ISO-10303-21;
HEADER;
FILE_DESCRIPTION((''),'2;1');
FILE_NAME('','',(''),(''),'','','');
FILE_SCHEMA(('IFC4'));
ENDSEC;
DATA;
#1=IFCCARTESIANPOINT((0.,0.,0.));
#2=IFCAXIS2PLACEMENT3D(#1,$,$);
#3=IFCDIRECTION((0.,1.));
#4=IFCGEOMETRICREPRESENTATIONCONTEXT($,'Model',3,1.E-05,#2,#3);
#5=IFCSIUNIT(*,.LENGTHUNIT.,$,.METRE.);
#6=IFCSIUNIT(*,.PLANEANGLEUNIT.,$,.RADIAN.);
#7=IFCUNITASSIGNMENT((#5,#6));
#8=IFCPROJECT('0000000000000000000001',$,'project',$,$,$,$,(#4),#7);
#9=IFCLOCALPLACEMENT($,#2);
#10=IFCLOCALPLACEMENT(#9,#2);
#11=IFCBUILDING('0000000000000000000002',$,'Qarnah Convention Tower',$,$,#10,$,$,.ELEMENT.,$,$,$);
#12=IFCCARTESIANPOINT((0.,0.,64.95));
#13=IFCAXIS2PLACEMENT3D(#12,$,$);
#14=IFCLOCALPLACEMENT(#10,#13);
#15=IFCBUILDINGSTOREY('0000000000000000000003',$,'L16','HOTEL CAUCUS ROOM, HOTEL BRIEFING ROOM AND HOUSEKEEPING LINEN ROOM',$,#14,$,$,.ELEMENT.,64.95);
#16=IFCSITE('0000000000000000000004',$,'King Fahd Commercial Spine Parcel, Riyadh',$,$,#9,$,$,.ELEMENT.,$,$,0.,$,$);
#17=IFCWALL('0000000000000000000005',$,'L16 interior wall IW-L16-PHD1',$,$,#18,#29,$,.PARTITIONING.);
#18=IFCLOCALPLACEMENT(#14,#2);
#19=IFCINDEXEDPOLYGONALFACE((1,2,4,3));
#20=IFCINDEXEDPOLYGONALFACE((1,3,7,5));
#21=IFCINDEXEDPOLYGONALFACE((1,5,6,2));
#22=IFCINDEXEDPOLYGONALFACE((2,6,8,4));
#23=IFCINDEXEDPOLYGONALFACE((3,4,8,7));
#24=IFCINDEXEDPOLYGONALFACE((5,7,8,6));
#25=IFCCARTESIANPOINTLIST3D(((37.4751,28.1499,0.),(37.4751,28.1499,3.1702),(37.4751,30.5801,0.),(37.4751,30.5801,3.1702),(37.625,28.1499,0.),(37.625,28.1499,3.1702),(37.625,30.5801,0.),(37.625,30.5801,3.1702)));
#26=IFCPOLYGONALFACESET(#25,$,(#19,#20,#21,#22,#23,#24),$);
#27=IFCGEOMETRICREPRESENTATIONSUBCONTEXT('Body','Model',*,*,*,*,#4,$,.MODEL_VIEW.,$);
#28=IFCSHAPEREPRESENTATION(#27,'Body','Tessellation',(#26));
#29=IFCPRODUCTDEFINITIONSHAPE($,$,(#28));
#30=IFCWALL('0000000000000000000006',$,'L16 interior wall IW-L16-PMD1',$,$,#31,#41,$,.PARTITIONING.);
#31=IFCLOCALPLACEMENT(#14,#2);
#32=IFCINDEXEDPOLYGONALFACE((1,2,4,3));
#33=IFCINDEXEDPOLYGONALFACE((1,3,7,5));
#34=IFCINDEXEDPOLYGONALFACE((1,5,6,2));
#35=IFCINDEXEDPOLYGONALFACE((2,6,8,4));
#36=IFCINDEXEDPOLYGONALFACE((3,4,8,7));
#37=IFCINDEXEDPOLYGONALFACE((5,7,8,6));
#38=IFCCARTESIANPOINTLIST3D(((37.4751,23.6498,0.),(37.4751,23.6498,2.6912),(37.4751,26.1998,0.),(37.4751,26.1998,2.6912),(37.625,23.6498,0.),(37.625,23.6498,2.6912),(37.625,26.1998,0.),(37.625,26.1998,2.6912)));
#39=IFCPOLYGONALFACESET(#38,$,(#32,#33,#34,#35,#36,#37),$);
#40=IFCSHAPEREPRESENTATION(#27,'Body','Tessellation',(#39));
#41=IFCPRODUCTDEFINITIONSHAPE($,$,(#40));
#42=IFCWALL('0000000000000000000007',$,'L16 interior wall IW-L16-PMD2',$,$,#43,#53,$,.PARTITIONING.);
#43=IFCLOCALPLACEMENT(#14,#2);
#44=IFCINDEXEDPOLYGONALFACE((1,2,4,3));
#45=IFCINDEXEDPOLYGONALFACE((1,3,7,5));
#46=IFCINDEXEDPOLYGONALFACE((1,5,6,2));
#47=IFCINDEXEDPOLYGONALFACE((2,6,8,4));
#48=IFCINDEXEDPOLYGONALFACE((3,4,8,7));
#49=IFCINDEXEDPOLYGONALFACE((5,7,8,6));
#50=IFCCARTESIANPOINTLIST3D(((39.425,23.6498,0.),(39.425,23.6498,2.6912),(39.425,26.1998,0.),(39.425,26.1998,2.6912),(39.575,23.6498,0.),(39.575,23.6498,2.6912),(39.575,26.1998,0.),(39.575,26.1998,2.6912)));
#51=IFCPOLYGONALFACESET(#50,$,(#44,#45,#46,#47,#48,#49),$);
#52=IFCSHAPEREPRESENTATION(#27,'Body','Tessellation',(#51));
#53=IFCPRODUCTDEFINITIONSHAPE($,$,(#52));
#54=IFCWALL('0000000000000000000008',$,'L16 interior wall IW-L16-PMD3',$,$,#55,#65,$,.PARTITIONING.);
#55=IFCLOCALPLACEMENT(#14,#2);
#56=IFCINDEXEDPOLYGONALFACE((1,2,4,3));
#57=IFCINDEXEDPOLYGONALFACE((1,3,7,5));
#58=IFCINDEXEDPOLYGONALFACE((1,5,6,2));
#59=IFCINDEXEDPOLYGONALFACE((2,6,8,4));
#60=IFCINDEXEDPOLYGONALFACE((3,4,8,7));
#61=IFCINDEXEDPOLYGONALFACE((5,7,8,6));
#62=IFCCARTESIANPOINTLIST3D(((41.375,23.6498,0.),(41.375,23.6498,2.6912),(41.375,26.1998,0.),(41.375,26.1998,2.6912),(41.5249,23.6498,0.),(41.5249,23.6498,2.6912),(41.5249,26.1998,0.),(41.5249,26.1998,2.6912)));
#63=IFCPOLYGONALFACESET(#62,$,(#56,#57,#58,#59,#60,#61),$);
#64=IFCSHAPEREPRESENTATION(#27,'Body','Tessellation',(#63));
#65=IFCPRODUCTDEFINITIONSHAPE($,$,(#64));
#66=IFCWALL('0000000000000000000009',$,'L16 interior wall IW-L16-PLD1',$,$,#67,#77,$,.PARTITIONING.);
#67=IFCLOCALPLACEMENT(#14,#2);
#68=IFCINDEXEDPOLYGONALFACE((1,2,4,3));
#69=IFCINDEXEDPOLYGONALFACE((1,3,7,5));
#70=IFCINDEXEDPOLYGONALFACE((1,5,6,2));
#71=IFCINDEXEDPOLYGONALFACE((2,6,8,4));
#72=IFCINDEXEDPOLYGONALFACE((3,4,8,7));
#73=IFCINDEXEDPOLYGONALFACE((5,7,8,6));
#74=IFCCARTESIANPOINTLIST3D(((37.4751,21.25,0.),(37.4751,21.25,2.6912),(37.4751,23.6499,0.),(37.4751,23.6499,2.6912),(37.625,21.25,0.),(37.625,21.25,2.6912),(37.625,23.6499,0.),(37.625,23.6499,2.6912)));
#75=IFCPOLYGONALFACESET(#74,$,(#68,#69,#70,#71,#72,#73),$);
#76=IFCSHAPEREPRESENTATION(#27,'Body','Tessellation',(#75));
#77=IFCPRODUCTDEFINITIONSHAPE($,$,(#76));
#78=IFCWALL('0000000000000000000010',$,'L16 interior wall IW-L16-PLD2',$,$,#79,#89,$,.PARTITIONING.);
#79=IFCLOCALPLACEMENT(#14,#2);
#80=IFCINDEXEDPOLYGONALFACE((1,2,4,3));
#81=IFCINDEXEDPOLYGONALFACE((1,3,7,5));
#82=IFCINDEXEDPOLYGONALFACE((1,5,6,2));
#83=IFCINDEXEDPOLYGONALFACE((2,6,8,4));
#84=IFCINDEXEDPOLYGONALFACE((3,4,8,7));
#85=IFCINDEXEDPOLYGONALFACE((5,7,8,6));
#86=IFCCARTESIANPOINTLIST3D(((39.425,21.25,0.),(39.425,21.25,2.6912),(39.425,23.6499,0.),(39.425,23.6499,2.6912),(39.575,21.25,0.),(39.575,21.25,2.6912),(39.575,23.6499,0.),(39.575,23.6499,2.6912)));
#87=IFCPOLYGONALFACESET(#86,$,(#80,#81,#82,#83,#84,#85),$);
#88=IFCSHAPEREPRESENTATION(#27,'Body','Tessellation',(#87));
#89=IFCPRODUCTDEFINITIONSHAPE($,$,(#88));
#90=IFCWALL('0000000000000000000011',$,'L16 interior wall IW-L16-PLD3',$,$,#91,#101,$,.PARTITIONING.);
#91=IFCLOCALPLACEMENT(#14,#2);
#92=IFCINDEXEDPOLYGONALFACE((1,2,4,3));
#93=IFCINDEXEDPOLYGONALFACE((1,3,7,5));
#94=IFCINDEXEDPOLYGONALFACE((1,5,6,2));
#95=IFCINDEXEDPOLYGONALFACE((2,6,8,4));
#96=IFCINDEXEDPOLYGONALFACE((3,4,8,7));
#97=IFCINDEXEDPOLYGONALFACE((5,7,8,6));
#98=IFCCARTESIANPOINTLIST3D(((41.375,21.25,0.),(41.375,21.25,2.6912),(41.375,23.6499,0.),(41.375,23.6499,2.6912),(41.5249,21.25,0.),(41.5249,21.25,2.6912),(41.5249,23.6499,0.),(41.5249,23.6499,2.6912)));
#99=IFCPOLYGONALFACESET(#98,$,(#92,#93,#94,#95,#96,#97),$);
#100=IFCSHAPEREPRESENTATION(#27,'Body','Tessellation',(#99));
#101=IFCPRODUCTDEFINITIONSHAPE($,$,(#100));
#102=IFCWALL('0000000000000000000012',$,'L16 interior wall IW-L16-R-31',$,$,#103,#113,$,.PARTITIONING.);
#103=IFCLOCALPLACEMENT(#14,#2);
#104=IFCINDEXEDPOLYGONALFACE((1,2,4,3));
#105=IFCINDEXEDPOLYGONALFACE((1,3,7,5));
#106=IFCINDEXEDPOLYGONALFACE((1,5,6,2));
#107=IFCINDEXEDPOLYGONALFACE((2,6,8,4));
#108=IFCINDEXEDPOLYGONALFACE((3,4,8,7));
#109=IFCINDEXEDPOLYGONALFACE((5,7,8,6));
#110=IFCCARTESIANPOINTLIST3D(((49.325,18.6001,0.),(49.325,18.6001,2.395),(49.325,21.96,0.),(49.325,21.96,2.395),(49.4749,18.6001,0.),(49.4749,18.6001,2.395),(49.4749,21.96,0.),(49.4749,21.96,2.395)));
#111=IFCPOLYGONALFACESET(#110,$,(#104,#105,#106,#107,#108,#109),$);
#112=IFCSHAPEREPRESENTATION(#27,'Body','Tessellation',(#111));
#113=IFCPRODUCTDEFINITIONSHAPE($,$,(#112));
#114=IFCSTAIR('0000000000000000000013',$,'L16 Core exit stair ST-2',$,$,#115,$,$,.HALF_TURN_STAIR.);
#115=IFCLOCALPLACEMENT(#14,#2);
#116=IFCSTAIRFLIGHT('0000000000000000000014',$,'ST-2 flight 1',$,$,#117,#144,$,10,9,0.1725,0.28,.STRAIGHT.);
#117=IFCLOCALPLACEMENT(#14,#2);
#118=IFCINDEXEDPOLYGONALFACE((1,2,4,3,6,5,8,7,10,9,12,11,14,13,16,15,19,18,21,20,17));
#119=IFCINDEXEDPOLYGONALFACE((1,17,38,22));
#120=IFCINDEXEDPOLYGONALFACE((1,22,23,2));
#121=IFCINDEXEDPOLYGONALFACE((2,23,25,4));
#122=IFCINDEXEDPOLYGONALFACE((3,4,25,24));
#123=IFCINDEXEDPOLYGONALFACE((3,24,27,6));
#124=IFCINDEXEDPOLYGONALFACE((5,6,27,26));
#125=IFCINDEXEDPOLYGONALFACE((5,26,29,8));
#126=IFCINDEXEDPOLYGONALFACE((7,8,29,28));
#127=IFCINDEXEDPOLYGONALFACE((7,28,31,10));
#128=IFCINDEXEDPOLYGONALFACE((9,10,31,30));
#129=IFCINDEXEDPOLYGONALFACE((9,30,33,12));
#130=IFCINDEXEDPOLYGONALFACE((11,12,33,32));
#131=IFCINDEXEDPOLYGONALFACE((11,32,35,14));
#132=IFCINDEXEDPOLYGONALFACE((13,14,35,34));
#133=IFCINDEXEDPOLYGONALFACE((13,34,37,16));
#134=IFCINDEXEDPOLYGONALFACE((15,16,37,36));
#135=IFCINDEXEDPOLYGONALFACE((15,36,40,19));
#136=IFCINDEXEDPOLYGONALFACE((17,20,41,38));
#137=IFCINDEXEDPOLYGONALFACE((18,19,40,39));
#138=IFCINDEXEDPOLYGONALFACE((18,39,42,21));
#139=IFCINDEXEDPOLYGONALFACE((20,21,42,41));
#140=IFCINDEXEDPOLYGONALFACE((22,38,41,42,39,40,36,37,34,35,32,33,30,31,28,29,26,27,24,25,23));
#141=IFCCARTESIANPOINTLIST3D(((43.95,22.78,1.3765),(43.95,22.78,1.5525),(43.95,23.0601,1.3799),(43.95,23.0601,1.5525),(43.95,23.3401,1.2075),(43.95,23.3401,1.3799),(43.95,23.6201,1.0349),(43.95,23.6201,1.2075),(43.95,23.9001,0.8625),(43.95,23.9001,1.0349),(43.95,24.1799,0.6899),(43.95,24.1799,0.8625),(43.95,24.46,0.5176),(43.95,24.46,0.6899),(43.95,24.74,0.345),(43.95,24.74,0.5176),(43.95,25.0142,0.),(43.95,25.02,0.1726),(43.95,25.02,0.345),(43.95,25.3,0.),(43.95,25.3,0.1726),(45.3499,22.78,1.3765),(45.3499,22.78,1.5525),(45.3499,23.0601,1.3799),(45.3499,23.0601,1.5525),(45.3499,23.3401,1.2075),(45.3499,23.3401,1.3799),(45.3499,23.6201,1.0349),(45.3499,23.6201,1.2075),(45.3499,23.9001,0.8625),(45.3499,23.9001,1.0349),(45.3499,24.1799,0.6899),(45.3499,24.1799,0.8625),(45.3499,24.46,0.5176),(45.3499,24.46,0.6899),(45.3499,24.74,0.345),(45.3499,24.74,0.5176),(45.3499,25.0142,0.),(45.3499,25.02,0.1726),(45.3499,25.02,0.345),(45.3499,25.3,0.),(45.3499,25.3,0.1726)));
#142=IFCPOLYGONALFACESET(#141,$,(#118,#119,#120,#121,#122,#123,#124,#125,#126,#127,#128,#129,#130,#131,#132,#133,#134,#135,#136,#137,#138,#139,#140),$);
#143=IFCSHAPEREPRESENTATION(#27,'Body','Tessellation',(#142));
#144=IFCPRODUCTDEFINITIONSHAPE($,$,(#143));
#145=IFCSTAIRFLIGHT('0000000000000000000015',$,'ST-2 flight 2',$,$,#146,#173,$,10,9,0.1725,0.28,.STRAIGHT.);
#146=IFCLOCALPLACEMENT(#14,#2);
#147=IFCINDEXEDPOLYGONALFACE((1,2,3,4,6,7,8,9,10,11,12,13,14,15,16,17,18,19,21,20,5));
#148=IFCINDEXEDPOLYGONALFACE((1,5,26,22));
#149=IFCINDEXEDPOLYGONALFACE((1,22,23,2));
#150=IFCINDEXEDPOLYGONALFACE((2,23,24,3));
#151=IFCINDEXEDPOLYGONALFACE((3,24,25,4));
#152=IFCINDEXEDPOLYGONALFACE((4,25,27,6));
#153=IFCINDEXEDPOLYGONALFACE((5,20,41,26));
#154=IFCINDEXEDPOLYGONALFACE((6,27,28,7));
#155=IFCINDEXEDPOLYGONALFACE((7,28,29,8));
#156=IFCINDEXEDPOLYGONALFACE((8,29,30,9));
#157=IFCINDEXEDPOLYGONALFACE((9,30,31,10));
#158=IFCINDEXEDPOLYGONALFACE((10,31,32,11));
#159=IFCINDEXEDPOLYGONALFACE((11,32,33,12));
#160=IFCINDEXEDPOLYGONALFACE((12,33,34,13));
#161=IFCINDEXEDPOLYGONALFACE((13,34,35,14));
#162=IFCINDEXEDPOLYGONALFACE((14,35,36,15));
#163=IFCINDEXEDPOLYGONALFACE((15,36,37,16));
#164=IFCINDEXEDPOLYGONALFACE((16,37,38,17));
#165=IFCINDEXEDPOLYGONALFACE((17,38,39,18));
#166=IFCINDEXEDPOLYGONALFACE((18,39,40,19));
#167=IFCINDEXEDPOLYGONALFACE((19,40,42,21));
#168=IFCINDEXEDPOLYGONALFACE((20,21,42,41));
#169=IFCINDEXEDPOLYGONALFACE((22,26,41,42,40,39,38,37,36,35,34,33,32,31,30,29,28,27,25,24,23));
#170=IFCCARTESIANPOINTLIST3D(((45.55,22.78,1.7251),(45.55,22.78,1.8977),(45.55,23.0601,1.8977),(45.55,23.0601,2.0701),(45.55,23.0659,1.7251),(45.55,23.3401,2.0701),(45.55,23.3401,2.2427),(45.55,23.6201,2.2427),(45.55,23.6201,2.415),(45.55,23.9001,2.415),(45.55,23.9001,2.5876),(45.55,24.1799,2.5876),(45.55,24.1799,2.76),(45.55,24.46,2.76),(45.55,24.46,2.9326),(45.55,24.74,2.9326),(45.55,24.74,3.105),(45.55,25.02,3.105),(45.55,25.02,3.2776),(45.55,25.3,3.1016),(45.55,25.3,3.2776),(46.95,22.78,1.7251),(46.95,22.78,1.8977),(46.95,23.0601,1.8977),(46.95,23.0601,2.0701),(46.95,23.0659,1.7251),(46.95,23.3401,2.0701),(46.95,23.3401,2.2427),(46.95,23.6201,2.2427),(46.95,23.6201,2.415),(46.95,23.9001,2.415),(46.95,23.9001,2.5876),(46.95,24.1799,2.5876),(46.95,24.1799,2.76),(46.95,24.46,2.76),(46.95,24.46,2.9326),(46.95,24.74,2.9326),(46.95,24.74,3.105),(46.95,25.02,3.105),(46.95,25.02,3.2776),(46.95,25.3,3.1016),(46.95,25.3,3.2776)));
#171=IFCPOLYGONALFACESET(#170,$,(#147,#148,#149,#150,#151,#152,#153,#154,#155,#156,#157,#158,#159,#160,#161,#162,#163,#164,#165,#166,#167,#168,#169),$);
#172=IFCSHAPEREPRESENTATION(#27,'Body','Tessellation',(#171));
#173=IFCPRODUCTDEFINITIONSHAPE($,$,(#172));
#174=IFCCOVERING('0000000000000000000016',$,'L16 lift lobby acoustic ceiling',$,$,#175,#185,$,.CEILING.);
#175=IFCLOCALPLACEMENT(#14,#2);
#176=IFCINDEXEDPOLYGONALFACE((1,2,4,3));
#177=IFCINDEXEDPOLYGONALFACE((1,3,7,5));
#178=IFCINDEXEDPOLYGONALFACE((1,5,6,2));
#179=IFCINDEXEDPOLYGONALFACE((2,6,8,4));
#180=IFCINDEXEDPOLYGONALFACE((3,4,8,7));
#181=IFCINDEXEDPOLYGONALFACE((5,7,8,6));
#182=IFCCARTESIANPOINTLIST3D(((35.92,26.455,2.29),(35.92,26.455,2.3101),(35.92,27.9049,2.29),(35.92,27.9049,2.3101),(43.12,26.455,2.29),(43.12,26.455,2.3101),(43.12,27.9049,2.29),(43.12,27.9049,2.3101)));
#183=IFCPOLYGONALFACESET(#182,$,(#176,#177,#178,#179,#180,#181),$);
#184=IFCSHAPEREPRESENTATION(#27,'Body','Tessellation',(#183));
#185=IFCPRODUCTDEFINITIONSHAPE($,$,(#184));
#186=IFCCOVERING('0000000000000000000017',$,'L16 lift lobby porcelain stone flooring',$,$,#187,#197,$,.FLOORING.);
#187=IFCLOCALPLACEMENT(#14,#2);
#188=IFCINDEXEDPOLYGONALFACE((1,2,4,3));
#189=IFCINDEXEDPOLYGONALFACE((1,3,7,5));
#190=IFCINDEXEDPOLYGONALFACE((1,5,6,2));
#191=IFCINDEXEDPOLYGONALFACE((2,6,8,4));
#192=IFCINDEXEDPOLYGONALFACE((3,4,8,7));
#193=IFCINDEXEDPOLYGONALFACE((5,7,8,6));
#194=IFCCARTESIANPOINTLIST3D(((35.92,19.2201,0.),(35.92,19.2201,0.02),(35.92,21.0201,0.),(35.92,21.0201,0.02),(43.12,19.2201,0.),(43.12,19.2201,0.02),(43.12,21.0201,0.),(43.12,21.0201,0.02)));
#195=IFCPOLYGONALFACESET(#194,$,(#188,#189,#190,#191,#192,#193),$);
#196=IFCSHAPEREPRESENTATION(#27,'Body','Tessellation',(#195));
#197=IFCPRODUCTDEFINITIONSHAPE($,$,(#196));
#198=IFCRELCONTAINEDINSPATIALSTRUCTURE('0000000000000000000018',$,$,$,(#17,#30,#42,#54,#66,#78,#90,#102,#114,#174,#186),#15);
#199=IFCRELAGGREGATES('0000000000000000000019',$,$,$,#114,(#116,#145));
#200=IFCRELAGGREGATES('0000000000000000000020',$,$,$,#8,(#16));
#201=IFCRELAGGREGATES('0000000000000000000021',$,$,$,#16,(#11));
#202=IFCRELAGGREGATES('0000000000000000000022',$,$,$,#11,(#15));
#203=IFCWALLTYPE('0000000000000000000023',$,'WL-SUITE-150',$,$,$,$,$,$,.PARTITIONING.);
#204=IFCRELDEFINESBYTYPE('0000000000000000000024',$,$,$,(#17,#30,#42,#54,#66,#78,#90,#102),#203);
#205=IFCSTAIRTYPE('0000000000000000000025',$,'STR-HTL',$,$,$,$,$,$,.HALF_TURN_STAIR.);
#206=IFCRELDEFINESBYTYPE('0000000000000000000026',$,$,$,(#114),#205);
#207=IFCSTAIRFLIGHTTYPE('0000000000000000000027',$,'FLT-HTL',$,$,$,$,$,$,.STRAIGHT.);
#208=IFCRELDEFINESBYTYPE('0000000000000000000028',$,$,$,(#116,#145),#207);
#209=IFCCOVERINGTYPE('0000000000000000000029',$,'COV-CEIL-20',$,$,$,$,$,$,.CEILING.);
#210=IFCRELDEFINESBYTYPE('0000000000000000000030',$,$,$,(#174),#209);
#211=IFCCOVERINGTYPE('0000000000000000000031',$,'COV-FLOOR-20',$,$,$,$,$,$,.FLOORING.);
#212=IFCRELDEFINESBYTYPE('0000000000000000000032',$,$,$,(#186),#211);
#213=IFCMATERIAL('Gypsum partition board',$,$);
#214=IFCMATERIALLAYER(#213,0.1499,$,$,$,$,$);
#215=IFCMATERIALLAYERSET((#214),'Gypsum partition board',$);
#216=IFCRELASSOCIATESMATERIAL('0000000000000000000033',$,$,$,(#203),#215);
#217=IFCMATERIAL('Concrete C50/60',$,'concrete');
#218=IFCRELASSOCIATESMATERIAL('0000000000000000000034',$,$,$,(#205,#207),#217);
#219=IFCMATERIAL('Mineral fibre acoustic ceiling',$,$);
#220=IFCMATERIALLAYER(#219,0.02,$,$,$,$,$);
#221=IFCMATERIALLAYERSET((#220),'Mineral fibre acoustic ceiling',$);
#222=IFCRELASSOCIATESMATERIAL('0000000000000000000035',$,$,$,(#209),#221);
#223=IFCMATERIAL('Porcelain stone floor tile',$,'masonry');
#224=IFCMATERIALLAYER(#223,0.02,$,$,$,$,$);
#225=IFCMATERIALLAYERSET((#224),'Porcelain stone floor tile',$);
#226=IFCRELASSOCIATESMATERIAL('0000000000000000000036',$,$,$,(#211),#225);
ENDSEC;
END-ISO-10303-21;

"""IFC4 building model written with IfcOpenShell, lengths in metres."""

from ifc_helpers import new_model, si_unit, direction, frame, frame_2d, origin, origin_2d, place, context, subcontext, project, spatial, polyline, rectangle, outline, extrude, material, layer, layer_set, type_object, element, aggregate, save


model = new_model("IFC4")

# Units and contexts
model_context = context("Model", 3, precision=1e-05, world=origin(), true_north=direction((0.0, 1.0)))
body_context = subcontext(model_context, "Body", "Model", "MODEL_VIEW")
ifc_project = project(units=[si_unit("LENGTHUNIT", "METRE"), si_unit("PLANEANGLEUNIT", "RADIAN")], contexts=[model_context])

# Site, building, storey
site_placement = place(None, origin())
site = spatial("IfcSite", under=ifc_project, at=site_placement, Name="King Fahd Commercial Spine Parcel, Riyadh", CompositionType="ELEMENT", RefElevation=0.0)
building_placement = place(site_placement, origin())
building = spatial("IfcBuilding", under=site, at=building_placement, Name="Qarnah Convention Tower", CompositionType="ELEMENT")
storey_placement = place(building_placement, frame((0.0, 0.0, 64.95)))
storey = spatial("IfcBuildingStorey", under=building, at=storey_placement, Name="L16", Description="HOTEL CAUCUS ROOM, HOTEL BRIEFING ROOM AND HOUSEKEEPING LINEN ROOM", CompositionType="ELEMENT", Elevation=64.95)

# Walls
ifc_material_1 = material(Name="Gypsum partition board")
ifc_layer_1 = layer(ifc_material_1, 0.1499)
ifc_layer_set_1 = layer_set([ifc_layer_1], Name="Gypsum partition board")
wall_type_1 = type_object("IfcWallType", Name="WL-SUITE-150", PredefinedType="PARTITIONING", material=ifc_layer_set_1)
wall_1_placement = place(storey_placement, frame((37.55, 28.1499, 0.0), z_axis=(0.0, 0.0, 1.0), x_axis=(0.0, 1.0, 0.0)))
element("IfcWall", 1, at=wall_1_placement, inside=storey, type_object=wall_type_1, Name="L16 interior wall IW-L16-PHD1", PredefinedType="PARTITIONING", context=body_context, shape_type="SweptSolid", body=[
    extrude(rectangle(XDim=2.4302, YDim=0.1499, at=frame_2d((1.2151, 0.0))), origin(), (0.0, 0.0, 1.0), 3.1702),
])
for number, where, z_axis, x_axis, name in (
    (2, (37.55, 23.6499, 0.0), (0.0, 0.0, 1.0), (0.0, 1.0, 0.0), "L16 interior wall IW-L16-PMD1"),
    (3, (39.5, 23.6499, 0.0), (0.0, 0.0, 1.0), (0.0, 1.0, 0.0), "L16 interior wall IW-L16-PMD2"),
    (4, (41.45, 23.6499, 0.0), (0.0, 0.0, 1.0), (0.0, 1.0, 0.0), "L16 interior wall IW-L16-PMD3"),
):
    element("IfcWall", number, at=place(storey_placement, frame(where, z_axis=z_axis, x_axis=x_axis)), inside=storey, type_object=wall_type_1, Name=name, PredefinedType="PARTITIONING", context=body_context, shape_type="SweptSolid", body=[
        extrude(rectangle(XDim=2.55, YDim=0.1499, at=frame_2d((1.2749, 0.0))), origin(), (0.0, 0.0, 1.0), 2.6912),
    ])
for number, where, z_axis, x_axis, name in (
    (5, (37.55, 21.25, 0.0), (0.0, 0.0, 1.0), (0.0, 1.0, 0.0), "L16 interior wall IW-L16-PLD1"),
    (6, (39.5, 21.25, 0.0), (0.0, 0.0, 1.0), (0.0, 1.0, 0.0), "L16 interior wall IW-L16-PLD2"),
    (7, (41.45, 21.25, 0.0), (0.0, 0.0, 1.0), (0.0, 1.0, 0.0), "L16 interior wall IW-L16-PLD3"),
):
    element("IfcWall", number, at=place(storey_placement, frame(where, z_axis=z_axis, x_axis=x_axis)), inside=storey, type_object=wall_type_1, Name=name, PredefinedType="PARTITIONING", context=body_context, shape_type="SweptSolid", body=[
        extrude(rectangle(XDim=2.3999, YDim=0.1499, at=frame_2d((1.2, 0.0))), origin(), (0.0, 0.0, 1.0), 2.6912),
    ])
wall_2_placement = place(storey_placement, frame((49.3999, 21.96, 0.0), z_axis=(0.0, 0.0, 1.0), x_axis=(0.0, -1.0, 0.0)))
element("IfcWall", 8, at=wall_2_placement, inside=storey, type_object=wall_type_1, Name="L16 interior wall IW-L16-R-31", PredefinedType="PARTITIONING", context=body_context, shape_type="SweptSolid", body=[
    extrude(rectangle(XDim=3.3599, YDim=0.1499, at=frame_2d((1.6799, 0.0))), origin(), (0.0, 0.0, 1.0), 2.395),
])

# Stair, stair flights
ifc_material_2 = material(Name="Concrete C50/60", Category="concrete")
stair_type = type_object("IfcStairType", Name="STR-HTL", PredefinedType="HALF_TURN_STAIR", material=ifc_material_2)
stair_placement = place(storey_placement, origin())
stair = element("IfcStair", 9, at=stair_placement, inside=storey, type_object=stair_type, Name="L16 Core exit stair ST-2", PredefinedType="HALF_TURN_STAIR")
stair_flight_type = type_object("IfcStairFlightType", Name="FLT-HTL", PredefinedType="STRAIGHT", material=ifc_material_2)
stair_flight_1_placement = place(storey_placement, frame((44.6499, 25.3, 0.0), z_axis=(0.0, 0.0, 1.0), x_axis=(0.0, -1.0, 0.0)))
stair_flight_1 = element("IfcStairFlight", 10, at=stair_flight_1_placement, type_object=stair_flight_type, Name="ST-2 flight 1", NumberOfRisers=10, NumberOfTreads=9, PredefinedType="STRAIGHT", RiserHeight=0.1725, TreadLength=0.28, context=body_context, shape_type="SweptSolid", body=[
    extrude(outline(polyline([(0.0, 0.0), (0.0, 0.1726), (0.28, 0.1726), (0.28, 0.345), (0.5601, 0.345), (0.5601, 0.5176), (0.8401, 0.5176), (0.8401, 0.6899), (1.1201, 0.6899), (1.1201, 0.8625), (1.3999, 0.8625), (1.3999, 1.0349), (1.6799, 1.0349), (1.6799, 1.2075), (1.96, 1.2075), (1.96, 1.3799), (2.24, 1.3799), (2.24, 1.5525), (2.52, 1.5525), (2.52, 1.7251), (2.52, 1.3765), (0.2859, 0.0), (0.0, 0.0)])), frame((0.0, 0.7, 0.0), z_axis=(0.0, -1.0, 0.0), x_axis=(1.0, 0.0, 0.0)), (0.0, 0.0, 1.0), 1.3999),
])
stair_flight_2_placement = place(storey_placement, frame((46.25, 22.78, 1.7251), z_axis=(0.0, 0.0, 1.0), x_axis=(0.0, 1.0, 0.0)))
stair_flight_2 = element("IfcStairFlight", 11, at=stair_flight_2_placement, type_object=stair_flight_type, Name="ST-2 flight 2", NumberOfRisers=10, NumberOfTreads=9, PredefinedType="STRAIGHT", RiserHeight=0.1725, TreadLength=0.28, context=body_context, shape_type="SweptSolid", body=[
    extrude(outline(polyline([(0.0, 0.0), (0.0, 0.1726), (0.28, 0.1726), (0.28, 0.345), (0.5601, 0.345), (0.5601, 0.5176), (0.8401, 0.5176), (0.8401, 0.6899), (1.1201, 0.6899), (1.1201, 0.8625), (1.3999, 0.8625), (1.3999, 1.0349), (1.6799, 1.0349), (1.6799, 1.2075), (1.96, 1.2075), (1.96, 1.3799), (2.24, 1.3799), (2.24, 1.5525), (2.52, 1.5525), (2.52, 1.7251), (2.52, 1.3765), (0.2859, 0.0), (0.0, 0.0)])), frame((0.0, 0.7, 0.0), z_axis=(0.0, -1.0, 0.0), x_axis=(1.0, 0.0, 0.0)), (0.0, 0.0, 1.0), 1.3999),
])
aggregate(stair, [stair_flight_1, stair_flight_2])

# Coverings
ifc_material_3 = material(Name="Mineral fibre acoustic ceiling")
ifc_layer_2 = layer(ifc_material_3, 0.02)
ifc_layer_set_2 = layer_set([ifc_layer_2], Name="Mineral fibre acoustic ceiling")
covering_type_1 = type_object("IfcCoveringType", Name="COV-CEIL-20", PredefinedType="CEILING", material=ifc_layer_set_2)
covering_1_placement = place(storey_placement, frame((39.52, 27.1799, 2.29), z_axis=(0.0, 0.0, 1.0), x_axis=(1.0, 0.0, 0.0)))
element("IfcCovering", 12, at=covering_1_placement, inside=storey, type_object=covering_type_1, Name="L16 lift lobby acoustic ceiling", PredefinedType="CEILING", context=body_context, shape_type="SweptSolid", body=[
    extrude(rectangle(XDim=7.2, YDim=1.45, at=origin_2d()), origin(), (0.0, 0.0, 1.0), 0.02),
])
ifc_material_4 = material(Name="Porcelain stone floor tile", Category="masonry")
ifc_layer_3 = layer(ifc_material_4, 0.02)
ifc_layer_set_3 = layer_set([ifc_layer_3], Name="Porcelain stone floor tile")
covering_type_2 = type_object("IfcCoveringType", Name="COV-FLOOR-20", PredefinedType="FLOORING", material=ifc_layer_set_3)
covering_2_placement = place(storey_placement, frame((39.52, 20.1201, 0.0), z_axis=(0.0, 0.0, 1.0), x_axis=(1.0, 0.0, 0.0)))
element("IfcCovering", 13, at=covering_2_placement, inside=storey, type_object=covering_type_2, Name="L16 lift lobby porcelain stone flooring", PredefinedType="FLOORING", context=body_context, shape_type="SweptSolid", body=[
    extrude(rectangle(XDim=7.2, YDim=1.8, at=origin_2d()), origin(), (0.0, 0.0, 1.0), 0.02),
])

save(model, "model.ifc")
